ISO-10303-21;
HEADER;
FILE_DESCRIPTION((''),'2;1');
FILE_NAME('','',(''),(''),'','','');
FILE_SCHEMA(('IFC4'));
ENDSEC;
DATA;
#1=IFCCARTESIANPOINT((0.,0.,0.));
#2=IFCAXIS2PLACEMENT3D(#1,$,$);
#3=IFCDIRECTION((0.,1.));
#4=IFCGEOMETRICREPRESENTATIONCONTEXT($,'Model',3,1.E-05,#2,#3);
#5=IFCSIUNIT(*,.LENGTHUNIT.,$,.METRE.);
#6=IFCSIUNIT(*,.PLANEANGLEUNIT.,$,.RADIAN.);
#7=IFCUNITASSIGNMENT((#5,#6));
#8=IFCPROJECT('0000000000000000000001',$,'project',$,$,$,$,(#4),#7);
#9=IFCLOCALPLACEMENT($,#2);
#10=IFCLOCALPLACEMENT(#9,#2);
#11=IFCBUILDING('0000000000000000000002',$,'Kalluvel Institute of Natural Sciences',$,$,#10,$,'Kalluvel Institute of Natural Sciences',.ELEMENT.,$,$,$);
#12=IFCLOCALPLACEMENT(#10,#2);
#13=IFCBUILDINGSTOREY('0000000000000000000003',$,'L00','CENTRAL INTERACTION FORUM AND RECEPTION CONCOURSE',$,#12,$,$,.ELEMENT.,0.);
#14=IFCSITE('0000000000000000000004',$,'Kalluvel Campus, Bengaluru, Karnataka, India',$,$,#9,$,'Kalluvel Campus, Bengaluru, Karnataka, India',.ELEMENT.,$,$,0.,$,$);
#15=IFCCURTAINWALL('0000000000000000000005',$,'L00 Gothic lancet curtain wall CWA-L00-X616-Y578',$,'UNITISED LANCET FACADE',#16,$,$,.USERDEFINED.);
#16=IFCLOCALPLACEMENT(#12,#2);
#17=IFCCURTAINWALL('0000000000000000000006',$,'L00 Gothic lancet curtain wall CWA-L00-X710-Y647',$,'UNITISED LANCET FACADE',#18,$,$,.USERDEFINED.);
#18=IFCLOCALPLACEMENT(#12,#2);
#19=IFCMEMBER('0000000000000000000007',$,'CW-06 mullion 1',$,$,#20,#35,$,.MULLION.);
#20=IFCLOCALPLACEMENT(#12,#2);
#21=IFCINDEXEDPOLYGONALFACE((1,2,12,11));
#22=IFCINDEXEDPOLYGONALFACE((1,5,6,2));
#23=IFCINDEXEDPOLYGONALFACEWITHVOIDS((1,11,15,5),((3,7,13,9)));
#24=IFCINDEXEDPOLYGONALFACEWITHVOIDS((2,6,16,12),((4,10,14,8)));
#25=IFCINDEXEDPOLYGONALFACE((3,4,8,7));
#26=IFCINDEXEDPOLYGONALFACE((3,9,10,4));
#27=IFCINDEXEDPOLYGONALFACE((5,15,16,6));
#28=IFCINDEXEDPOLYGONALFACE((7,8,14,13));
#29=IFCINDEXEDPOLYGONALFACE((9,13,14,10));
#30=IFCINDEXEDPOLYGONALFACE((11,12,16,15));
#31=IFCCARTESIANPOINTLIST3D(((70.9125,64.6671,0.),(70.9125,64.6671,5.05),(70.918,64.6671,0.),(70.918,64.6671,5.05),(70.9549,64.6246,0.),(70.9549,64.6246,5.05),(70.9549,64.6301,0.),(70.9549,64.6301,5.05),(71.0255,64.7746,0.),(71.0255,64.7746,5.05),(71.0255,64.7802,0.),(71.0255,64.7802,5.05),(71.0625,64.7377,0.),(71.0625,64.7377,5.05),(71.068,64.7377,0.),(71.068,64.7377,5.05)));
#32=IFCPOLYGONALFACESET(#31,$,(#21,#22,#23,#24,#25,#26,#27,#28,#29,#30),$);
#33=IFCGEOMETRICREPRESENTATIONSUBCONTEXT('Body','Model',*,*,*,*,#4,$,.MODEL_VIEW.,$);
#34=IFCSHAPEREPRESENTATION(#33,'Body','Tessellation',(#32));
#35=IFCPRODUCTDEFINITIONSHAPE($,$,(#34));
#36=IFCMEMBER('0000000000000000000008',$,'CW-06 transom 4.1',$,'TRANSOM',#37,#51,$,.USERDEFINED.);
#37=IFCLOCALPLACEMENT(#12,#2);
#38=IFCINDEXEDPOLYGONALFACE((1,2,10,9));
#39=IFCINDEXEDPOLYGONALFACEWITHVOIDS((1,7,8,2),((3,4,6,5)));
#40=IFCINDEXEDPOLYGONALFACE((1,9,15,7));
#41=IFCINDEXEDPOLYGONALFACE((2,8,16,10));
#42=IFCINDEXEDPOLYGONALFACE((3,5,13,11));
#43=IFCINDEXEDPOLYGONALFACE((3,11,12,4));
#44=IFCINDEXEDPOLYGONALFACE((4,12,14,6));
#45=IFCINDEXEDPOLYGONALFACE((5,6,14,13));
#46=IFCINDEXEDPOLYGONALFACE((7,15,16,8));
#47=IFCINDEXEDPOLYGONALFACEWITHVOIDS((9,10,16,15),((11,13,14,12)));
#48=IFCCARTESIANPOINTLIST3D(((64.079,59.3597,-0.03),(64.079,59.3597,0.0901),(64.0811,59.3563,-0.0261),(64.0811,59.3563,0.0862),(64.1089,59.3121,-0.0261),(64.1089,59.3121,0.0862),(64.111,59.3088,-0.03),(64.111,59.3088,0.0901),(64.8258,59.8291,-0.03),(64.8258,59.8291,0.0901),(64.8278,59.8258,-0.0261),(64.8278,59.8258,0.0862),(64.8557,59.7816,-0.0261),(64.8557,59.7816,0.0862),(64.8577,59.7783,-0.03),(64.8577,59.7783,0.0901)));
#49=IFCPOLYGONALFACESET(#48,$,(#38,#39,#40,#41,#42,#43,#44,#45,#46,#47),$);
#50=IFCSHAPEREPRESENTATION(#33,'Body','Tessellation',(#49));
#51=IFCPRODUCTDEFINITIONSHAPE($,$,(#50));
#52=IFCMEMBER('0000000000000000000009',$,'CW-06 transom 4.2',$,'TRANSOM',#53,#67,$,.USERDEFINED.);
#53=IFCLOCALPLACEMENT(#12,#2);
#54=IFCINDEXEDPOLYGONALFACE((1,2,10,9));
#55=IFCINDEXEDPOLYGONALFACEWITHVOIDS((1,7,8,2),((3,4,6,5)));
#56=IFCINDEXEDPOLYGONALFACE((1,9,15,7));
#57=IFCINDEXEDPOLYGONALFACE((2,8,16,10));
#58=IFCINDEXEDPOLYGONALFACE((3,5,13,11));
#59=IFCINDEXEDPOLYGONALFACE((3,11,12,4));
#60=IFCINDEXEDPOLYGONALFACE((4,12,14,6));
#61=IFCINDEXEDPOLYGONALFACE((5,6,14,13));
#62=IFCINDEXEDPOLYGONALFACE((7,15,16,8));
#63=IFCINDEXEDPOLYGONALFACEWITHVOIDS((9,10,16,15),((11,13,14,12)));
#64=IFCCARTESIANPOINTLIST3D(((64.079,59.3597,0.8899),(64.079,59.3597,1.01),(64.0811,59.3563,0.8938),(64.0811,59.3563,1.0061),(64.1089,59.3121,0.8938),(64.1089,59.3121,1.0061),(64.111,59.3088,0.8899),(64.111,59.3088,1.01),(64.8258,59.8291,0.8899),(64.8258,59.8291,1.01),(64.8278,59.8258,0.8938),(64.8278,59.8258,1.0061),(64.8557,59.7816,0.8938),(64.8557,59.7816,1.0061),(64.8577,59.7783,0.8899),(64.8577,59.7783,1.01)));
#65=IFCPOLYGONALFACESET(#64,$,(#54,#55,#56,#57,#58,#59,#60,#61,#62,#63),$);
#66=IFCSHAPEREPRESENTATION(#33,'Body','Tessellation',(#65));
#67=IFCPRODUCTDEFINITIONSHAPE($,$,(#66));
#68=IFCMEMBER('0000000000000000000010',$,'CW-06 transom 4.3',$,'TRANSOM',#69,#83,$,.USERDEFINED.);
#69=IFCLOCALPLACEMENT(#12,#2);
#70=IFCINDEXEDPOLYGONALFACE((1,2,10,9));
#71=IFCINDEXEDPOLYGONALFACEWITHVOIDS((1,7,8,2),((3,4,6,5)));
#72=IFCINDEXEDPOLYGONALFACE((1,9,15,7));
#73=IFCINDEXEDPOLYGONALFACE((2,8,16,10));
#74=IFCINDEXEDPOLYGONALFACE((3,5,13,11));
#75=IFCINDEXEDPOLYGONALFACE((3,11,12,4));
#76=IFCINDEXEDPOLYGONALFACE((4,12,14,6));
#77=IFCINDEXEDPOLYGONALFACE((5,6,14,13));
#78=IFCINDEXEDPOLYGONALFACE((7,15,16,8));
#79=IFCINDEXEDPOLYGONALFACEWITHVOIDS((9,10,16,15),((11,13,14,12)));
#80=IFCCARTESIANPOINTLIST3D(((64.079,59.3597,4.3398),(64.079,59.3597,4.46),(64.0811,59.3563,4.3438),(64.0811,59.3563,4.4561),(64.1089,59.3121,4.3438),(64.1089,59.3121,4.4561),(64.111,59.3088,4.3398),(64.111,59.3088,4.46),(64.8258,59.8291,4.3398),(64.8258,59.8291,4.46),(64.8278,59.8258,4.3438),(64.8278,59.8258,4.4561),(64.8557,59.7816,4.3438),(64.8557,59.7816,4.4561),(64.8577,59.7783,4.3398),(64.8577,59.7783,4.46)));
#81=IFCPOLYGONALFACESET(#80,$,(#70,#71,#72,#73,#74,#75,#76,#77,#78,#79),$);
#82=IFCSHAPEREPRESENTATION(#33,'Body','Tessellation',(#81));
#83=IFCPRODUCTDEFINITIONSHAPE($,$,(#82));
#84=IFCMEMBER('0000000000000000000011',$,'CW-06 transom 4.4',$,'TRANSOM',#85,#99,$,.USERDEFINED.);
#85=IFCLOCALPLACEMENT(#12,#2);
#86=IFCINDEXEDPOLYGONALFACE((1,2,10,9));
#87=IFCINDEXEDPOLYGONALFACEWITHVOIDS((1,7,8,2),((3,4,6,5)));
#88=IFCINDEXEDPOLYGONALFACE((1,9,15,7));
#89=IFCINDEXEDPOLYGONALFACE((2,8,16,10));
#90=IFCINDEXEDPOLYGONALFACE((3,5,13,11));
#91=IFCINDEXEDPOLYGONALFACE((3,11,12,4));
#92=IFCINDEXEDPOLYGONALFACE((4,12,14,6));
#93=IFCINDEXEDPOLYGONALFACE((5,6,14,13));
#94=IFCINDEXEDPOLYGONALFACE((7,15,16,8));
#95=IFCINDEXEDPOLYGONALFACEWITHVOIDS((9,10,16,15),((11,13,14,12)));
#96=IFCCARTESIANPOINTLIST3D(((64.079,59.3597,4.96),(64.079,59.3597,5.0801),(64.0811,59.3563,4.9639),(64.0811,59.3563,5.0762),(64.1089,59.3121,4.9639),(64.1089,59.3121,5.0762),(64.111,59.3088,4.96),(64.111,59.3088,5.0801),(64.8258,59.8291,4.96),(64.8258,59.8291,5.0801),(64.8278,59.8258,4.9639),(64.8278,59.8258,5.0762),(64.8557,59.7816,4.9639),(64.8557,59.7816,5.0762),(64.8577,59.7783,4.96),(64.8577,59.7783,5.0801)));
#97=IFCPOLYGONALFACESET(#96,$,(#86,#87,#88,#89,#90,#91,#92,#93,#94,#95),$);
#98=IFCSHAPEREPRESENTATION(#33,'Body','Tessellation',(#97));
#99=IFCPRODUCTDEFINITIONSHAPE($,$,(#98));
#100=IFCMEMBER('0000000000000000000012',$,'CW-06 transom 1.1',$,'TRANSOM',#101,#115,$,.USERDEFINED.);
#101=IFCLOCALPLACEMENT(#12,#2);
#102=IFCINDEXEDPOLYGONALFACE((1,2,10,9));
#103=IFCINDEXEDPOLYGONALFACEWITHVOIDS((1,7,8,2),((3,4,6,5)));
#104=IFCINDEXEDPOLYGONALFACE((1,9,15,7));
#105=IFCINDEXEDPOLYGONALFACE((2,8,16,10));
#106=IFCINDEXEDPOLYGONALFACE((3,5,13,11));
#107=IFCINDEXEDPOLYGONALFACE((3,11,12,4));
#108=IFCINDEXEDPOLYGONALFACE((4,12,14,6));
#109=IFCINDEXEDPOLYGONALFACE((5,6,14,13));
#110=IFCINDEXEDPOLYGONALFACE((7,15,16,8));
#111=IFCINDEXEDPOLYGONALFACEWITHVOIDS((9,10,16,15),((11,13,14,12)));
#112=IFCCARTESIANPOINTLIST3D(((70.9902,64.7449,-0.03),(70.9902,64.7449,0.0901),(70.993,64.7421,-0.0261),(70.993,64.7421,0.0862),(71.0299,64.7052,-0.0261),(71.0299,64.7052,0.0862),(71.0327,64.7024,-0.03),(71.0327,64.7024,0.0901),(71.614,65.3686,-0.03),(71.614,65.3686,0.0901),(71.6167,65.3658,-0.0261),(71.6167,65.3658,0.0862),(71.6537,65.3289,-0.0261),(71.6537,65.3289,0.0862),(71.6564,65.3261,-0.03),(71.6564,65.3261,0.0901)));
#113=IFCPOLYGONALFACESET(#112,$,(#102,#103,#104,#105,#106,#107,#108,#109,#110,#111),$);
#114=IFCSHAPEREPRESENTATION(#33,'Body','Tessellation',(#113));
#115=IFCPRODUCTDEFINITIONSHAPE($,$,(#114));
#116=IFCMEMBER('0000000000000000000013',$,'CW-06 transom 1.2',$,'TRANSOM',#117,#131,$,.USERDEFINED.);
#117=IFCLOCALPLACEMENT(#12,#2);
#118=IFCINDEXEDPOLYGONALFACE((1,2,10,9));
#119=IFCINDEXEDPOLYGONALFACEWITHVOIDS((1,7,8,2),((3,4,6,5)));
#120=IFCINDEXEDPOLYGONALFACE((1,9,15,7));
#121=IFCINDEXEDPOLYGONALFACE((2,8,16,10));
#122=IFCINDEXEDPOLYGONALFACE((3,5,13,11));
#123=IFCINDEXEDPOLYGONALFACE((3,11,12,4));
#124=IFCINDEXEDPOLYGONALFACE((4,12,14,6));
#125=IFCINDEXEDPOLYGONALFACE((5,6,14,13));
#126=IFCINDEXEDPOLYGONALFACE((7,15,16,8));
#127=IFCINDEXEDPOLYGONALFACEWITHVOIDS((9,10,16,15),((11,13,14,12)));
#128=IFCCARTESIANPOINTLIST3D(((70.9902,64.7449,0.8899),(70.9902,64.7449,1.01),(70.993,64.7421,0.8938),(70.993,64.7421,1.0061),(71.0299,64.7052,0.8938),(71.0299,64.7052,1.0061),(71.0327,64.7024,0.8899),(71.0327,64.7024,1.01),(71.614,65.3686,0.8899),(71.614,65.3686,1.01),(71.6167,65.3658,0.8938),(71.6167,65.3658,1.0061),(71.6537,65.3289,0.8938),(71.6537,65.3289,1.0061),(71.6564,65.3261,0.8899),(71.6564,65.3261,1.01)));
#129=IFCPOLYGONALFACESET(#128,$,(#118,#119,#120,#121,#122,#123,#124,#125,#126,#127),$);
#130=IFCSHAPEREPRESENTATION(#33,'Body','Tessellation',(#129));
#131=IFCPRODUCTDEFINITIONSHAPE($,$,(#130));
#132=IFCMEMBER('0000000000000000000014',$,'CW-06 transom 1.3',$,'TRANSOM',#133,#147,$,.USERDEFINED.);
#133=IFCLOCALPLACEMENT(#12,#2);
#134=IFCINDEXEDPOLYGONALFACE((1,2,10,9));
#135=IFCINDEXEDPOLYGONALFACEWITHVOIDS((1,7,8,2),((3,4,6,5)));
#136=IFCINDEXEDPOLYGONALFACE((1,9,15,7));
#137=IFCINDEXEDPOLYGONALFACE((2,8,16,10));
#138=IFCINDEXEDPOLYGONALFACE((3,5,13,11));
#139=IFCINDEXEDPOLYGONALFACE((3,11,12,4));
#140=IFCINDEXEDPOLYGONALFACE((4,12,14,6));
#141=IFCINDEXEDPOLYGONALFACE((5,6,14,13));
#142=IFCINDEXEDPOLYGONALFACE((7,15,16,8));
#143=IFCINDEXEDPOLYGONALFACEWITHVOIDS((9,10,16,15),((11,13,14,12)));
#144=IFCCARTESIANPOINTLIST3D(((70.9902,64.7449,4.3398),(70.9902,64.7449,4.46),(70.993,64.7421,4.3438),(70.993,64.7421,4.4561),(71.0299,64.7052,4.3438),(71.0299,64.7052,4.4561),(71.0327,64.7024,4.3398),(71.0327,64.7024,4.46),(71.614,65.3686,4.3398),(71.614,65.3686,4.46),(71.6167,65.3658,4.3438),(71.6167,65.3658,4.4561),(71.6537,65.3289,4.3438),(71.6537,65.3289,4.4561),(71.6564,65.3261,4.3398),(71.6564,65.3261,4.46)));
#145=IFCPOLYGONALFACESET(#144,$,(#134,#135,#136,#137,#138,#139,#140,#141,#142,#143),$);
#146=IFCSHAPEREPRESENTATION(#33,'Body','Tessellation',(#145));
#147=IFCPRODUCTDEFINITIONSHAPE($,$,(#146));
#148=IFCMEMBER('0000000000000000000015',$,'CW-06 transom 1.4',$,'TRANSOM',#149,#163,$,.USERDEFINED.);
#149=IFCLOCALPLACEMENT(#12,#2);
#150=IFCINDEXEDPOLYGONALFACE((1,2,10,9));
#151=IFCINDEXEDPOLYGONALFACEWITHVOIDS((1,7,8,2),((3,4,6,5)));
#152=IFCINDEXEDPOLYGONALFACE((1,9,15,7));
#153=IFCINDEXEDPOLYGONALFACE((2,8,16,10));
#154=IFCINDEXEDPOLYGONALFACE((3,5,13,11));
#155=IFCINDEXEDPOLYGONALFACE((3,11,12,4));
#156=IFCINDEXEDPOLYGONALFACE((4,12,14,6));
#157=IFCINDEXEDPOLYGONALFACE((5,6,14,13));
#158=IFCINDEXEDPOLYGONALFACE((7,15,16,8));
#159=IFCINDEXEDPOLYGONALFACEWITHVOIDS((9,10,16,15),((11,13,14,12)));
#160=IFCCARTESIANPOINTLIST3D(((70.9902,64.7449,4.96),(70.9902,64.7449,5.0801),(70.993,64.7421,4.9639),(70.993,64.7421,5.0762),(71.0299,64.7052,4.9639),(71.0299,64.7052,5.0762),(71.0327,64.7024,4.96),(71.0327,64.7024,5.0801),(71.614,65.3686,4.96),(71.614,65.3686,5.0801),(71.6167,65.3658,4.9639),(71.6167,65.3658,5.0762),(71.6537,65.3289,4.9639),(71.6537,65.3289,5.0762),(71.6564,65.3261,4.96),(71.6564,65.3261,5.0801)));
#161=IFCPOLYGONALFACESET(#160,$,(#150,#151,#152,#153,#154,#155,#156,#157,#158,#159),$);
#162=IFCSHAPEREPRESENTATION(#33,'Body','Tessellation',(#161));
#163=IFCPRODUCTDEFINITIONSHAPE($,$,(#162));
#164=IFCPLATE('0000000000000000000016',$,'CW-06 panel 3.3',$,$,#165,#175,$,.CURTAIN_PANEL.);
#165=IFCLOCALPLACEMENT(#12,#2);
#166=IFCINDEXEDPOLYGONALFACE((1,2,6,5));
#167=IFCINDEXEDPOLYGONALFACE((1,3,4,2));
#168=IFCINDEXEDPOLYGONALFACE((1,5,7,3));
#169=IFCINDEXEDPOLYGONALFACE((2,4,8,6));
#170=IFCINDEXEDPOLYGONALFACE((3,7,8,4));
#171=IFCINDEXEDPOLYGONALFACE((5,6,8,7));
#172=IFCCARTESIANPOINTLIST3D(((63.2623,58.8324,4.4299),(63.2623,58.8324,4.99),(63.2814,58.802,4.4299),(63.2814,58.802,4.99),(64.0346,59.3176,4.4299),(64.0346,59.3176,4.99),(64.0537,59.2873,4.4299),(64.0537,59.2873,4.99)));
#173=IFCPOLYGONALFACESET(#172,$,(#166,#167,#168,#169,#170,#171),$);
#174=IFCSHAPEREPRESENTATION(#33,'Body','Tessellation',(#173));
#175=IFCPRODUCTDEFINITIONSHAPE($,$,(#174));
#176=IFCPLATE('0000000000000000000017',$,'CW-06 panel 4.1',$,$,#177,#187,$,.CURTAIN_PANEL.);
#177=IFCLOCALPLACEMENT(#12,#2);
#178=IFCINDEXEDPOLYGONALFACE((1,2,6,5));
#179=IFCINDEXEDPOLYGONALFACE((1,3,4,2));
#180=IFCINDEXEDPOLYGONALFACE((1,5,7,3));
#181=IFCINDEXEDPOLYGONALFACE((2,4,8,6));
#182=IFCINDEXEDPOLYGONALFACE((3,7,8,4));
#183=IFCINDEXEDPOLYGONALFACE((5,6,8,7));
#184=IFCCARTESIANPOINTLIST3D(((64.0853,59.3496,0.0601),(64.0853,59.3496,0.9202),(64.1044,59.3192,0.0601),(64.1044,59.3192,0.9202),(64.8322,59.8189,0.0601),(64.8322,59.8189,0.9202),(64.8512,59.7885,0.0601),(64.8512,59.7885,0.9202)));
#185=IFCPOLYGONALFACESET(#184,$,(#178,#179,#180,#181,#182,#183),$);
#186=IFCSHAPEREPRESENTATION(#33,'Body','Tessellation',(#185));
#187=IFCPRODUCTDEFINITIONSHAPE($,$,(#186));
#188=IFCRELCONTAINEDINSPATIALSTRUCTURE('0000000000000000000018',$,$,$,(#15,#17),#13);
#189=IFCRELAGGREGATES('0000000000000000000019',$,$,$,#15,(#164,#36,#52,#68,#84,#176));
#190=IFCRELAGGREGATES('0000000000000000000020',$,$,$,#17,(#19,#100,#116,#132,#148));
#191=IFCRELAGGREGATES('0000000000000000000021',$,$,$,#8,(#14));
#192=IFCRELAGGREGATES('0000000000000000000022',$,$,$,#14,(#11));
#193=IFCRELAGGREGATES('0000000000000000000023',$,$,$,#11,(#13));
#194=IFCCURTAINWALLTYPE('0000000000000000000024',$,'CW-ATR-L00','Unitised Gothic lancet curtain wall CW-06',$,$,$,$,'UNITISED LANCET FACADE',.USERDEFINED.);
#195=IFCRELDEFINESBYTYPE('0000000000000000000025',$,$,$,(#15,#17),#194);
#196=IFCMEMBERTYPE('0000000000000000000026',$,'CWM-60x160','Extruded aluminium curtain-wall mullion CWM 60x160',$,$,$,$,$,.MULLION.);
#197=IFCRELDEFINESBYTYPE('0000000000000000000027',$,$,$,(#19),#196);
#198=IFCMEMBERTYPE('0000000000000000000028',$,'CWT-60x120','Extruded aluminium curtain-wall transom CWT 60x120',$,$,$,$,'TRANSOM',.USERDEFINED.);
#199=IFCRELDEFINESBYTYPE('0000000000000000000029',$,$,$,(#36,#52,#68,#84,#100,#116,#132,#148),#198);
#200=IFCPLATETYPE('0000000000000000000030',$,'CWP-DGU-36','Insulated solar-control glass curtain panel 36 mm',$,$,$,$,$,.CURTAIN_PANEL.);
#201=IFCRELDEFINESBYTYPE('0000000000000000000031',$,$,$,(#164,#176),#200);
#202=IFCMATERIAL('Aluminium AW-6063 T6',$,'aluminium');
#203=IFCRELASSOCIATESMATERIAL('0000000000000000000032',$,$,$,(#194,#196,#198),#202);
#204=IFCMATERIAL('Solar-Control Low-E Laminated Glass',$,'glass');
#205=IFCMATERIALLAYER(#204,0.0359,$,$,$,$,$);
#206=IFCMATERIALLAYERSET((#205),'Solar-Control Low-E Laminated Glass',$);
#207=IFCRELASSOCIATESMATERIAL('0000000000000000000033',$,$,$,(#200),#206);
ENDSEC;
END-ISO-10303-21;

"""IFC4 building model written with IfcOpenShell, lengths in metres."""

from ifc_helpers import new_model, si_unit, direction, frame, origin, origin_2d, place, context, subcontext, project, spatial, rectangle, hollow_rectangle, extrude, material, layer, layer_set, material_profile, profile_set, type_object, element, aggregate, save


model = new_model("IFC4")

# Units and contexts
model_context = context("Model", 3, precision=1e-05, world=origin(), true_north=direction((0.0, 1.0)))
body_context = subcontext(model_context, "Body", "Model", "MODEL_VIEW")
ifc_project = project(units=[si_unit("LENGTHUNIT", "METRE"), si_unit("PLANEANGLEUNIT", "RADIAN")], contexts=[model_context])

# Site, building, storey
site_placement = place(None, origin())
site = spatial("IfcSite", under=ifc_project, at=site_placement, Name="Kalluvel Campus, Bengaluru, Karnataka, India", LongName="Kalluvel Campus, Bengaluru, Karnataka, India", CompositionType="ELEMENT", RefElevation=0.0)
building_placement = place(site_placement, origin())
building = spatial("IfcBuilding", under=site, at=building_placement, Name="Kalluvel Institute of Natural Sciences", LongName="Kalluvel Institute of Natural Sciences", CompositionType="ELEMENT")
storey_placement = place(building_placement, origin())
storey = spatial("IfcBuildingStorey", under=building, at=storey_placement, Name="L00", Description="CENTRAL INTERACTION FORUM AND RECEPTION CONCOURSE", CompositionType="ELEMENT", Elevation=0.0)

# Curtain wall
ifc_material_1 = material(Name="Aluminium AW-6063 T6", Category="aluminium")
curtain_wall_type = type_object("IfcCurtainWallType", Name="CW-ATR-L00", Description="Unitised Gothic lancet curtain wall CW-06", ElementType="UNITISED LANCET FACADE", PredefinedType="USERDEFINED", material=ifc_material_1)
curtain_wall_1_placement = place(storey_placement, origin())
curtain_wall_1 = element("IfcCurtainWall", 1, at=curtain_wall_1_placement, inside=storey, type_object=curtain_wall_type, Name="L00 Gothic lancet curtain wall CWA-L00-X616-Y578", ObjectType="UNITISED LANCET FACADE", PredefinedType="USERDEFINED")
ifc_material_profile_1 = material_profile(ifc_material_1, hollow_rectangle(XDim=0.0601, YDim=0.1599, WallThickness=0.0039, at=origin_2d()), Name="CWM 60x160")
ifc_profile_set_1 = profile_set([ifc_material_profile_1], Name="Aluminium AW-6063 T6")
member_type_1 = type_object("IfcMemberType", Name="CWM-60x160", Description="Extruded aluminium curtain-wall mullion CWM 60x160", PredefinedType="MULLION", material=ifc_profile_set_1)

# Curtain wall, member
curtain_wall_2_placement = place(storey_placement, origin())
curtain_wall_2 = element("IfcCurtainWall", 2, at=curtain_wall_2_placement, inside=storey, type_object=curtain_wall_type, Name="L00 Gothic lancet curtain wall CWA-L00-X710-Y647", ObjectType="UNITISED LANCET FACADE", PredefinedType="USERDEFINED")
member_1_placement = place(storey_placement, frame((70.9902, 64.7024, 0.0), z_axis=(0.0, 0.0, 1.0), x_axis=(-0.707107, 0.707107, 0.0)))
member_1 = element("IfcMember", 3, at=member_1_placement, type_object=member_type_1, Name="CW-06 mullion 1", PredefinedType="MULLION", context=body_context, shape_type="SweptSolid", body=[
    extrude(hollow_rectangle(XDim=0.0601, YDim=0.1599, WallThickness=0.0039, at=origin_2d()), origin(), (0.0, 0.0, 1.0), 5.05),
])

# Members
ifc_material_profile_2 = material_profile(ifc_material_1, hollow_rectangle(XDim=0.0601, YDim=0.1201, WallThickness=0.0039, at=origin_2d()), Name="CWT 60x120")
ifc_profile_set_2 = profile_set([ifc_material_profile_2], Name="Aluminium AW-6063 T6")
member_type_2 = type_object("IfcMemberType", Name="CWT-60x120", Description="Extruded aluminium curtain-wall transom CWT 60x120", ElementType="TRANSOM", PredefinedType="USERDEFINED", material=ifc_profile_set_2)
member_2_placement = place(storey_placement, frame((64.095, 59.3342, 0.03), z_axis=(0.846612, 0.532211, 0.0), x_axis=(-0.532211, 0.846612, 0.0)))
member_2 = element("IfcMember", 4, at=member_2_placement, type_object=member_type_2, Name="CW-06 transom 4.1", ObjectType="TRANSOM", PredefinedType="USERDEFINED", context=body_context, shape_type="SweptSolid", body=[
    extrude(hollow_rectangle(XDim=0.0601, YDim=0.1201, WallThickness=0.0039, at=origin_2d()), origin(), (0.0, 0.0, 1.0), 0.8821),
])
member_3_placement = place(storey_placement, frame((64.095, 59.3342, 0.95), z_axis=(0.846612, 0.532211, 0.0), x_axis=(-0.532211, 0.846612, 0.0)))
member_3 = element("IfcMember", 5, at=member_3_placement, type_object=member_type_2, Name="CW-06 transom 4.2", ObjectType="TRANSOM", PredefinedType="USERDEFINED", context=body_context, shape_type="SweptSolid", body=[
    extrude(hollow_rectangle(XDim=0.0601, YDim=0.1201, WallThickness=0.0039, at=origin_2d()), origin(), (0.0, 0.0, 1.0), 0.8821),
])
member_4_placement = place(storey_placement, frame((64.095, 59.3342, 4.3999), z_axis=(0.846612, 0.532211, 0.0), x_axis=(-0.532211, 0.846612, 0.0)))
member_4 = element("IfcMember", 6, at=member_4_placement, type_object=member_type_2, Name="CW-06 transom 4.3", ObjectType="TRANSOM", PredefinedType="USERDEFINED", context=body_context, shape_type="SweptSolid", body=[
    extrude(hollow_rectangle(XDim=0.0601, YDim=0.1201, WallThickness=0.0039, at=origin_2d()), origin(), (0.0, 0.0, 1.0), 0.8821),
])
member_5_placement = place(storey_placement, frame((64.095, 59.3342, 5.02), z_axis=(0.846612, 0.532211, 0.0), x_axis=(-0.532211, 0.846612, 0.0)))
member_5 = element("IfcMember", 7, at=member_5_placement, type_object=member_type_2, Name="CW-06 transom 4.4", ObjectType="TRANSOM", PredefinedType="USERDEFINED", context=body_context, shape_type="SweptSolid", body=[
    extrude(hollow_rectangle(XDim=0.0601, YDim=0.1201, WallThickness=0.0039, at=origin_2d()), origin(), (0.0, 0.0, 1.0), 0.8821),
])
member_6_placement = place(storey_placement, frame((71.0115, 64.7236, 0.03), z_axis=(0.707107, 0.707107, 0.0), x_axis=(-0.707107, 0.707107, 0.0)))
member_6 = element("IfcMember", 8, at=member_6_placement, type_object=member_type_2, Name="CW-06 transom 1.1", ObjectType="TRANSOM", PredefinedType="USERDEFINED", context=body_context, shape_type="SweptSolid", body=[
    extrude(hollow_rectangle(XDim=0.0601, YDim=0.1201, WallThickness=0.0039, at=origin_2d()), origin(), (0.0, 0.0, 1.0), 0.8821),
])
member_7_placement = place(storey_placement, frame((71.0115, 64.7236, 0.95), z_axis=(0.707107, 0.707107, 0.0), x_axis=(-0.707107, 0.707107, 0.0)))
member_7 = element("IfcMember", 9, at=member_7_placement, type_object=member_type_2, Name="CW-06 transom 1.2", ObjectType="TRANSOM", PredefinedType="USERDEFINED", context=body_context, shape_type="SweptSolid", body=[
    extrude(hollow_rectangle(XDim=0.0601, YDim=0.1201, WallThickness=0.0039, at=origin_2d()), origin(), (0.0, 0.0, 1.0), 0.8821),
])
member_8_placement = place(storey_placement, frame((71.0115, 64.7236, 4.3999), z_axis=(0.707107, 0.707107, 0.0), x_axis=(-0.707107, 0.707107, 0.0)))
member_8 = element("IfcMember", 10, at=member_8_placement, type_object=member_type_2, Name="CW-06 transom 1.3", ObjectType="TRANSOM", PredefinedType="USERDEFINED", context=body_context, shape_type="SweptSolid", body=[
    extrude(hollow_rectangle(XDim=0.0601, YDim=0.1201, WallThickness=0.0039, at=origin_2d()), origin(), (0.0, 0.0, 1.0), 0.8821),
])
member_9_placement = place(storey_placement, frame((71.0115, 64.7236, 5.02), z_axis=(0.707107, 0.707107, 0.0), x_axis=(-0.707107, 0.707107, 0.0)))
member_9 = element("IfcMember", 11, at=member_9_placement, type_object=member_type_2, Name="CW-06 transom 1.4", ObjectType="TRANSOM", PredefinedType="USERDEFINED", context=body_context, shape_type="SweptSolid", body=[
    extrude(hollow_rectangle(XDim=0.0601, YDim=0.1201, WallThickness=0.0039, at=origin_2d()), origin(), (0.0, 0.0, 1.0), 0.8821),
])

# Plates
ifc_material_2 = material(Name="Solar-Control Low-E Laminated Glass", Category="glass")
ifc_layer_1 = layer(ifc_material_2, 0.0359)
ifc_layer_set_1 = layer_set([ifc_layer_1], Name="Solar-Control Low-E Laminated Glass")
plate_type = type_object("IfcPlateType", Name="CWP-DGU-36", Description="Insulated solar-control glass curtain panel 36 mm", PredefinedType="CURTAIN_PANEL", material=ifc_layer_set_1)
plate_1_placement = place(storey_placement, frame((63.658, 59.0598, 4.4299), z_axis=(0.0, 0.0, 1.0), x_axis=(0.846722, 0.532036, 0.0)))
plate_1 = element("IfcPlate", 12, at=plate_1_placement, type_object=plate_type, Name="CW-06 panel 3.3", PredefinedType="CURTAIN_PANEL", context=body_context, shape_type="SweptSolid", body=[
    extrude(rectangle(XDim=0.9121, YDim=0.0359, at=origin_2d()), origin(), (0.0, 0.0, 1.0), 0.5601),
])
plate_2_placement = place(storey_placement, frame((64.4683, 59.5691, 0.0601), z_axis=(0.0, 0.0, 1.0), x_axis=(0.846722, 0.532036, 0.0)))
plate_2 = element("IfcPlate", 13, at=plate_2_placement, type_object=plate_type, Name="CW-06 panel 4.1", PredefinedType="CURTAIN_PANEL", context=body_context, shape_type="SweptSolid", body=[
    extrude(rectangle(XDim=0.8821, YDim=0.0359, at=origin_2d()), origin(), (0.0, 0.0, 1.0), 0.8601),
])
aggregate(curtain_wall_1, [plate_1, member_2, member_3, member_4, member_5, plate_2])
aggregate(curtain_wall_2, [member_1, member_6, member_7, member_8, member_9])

save(model, "model.ifc")
